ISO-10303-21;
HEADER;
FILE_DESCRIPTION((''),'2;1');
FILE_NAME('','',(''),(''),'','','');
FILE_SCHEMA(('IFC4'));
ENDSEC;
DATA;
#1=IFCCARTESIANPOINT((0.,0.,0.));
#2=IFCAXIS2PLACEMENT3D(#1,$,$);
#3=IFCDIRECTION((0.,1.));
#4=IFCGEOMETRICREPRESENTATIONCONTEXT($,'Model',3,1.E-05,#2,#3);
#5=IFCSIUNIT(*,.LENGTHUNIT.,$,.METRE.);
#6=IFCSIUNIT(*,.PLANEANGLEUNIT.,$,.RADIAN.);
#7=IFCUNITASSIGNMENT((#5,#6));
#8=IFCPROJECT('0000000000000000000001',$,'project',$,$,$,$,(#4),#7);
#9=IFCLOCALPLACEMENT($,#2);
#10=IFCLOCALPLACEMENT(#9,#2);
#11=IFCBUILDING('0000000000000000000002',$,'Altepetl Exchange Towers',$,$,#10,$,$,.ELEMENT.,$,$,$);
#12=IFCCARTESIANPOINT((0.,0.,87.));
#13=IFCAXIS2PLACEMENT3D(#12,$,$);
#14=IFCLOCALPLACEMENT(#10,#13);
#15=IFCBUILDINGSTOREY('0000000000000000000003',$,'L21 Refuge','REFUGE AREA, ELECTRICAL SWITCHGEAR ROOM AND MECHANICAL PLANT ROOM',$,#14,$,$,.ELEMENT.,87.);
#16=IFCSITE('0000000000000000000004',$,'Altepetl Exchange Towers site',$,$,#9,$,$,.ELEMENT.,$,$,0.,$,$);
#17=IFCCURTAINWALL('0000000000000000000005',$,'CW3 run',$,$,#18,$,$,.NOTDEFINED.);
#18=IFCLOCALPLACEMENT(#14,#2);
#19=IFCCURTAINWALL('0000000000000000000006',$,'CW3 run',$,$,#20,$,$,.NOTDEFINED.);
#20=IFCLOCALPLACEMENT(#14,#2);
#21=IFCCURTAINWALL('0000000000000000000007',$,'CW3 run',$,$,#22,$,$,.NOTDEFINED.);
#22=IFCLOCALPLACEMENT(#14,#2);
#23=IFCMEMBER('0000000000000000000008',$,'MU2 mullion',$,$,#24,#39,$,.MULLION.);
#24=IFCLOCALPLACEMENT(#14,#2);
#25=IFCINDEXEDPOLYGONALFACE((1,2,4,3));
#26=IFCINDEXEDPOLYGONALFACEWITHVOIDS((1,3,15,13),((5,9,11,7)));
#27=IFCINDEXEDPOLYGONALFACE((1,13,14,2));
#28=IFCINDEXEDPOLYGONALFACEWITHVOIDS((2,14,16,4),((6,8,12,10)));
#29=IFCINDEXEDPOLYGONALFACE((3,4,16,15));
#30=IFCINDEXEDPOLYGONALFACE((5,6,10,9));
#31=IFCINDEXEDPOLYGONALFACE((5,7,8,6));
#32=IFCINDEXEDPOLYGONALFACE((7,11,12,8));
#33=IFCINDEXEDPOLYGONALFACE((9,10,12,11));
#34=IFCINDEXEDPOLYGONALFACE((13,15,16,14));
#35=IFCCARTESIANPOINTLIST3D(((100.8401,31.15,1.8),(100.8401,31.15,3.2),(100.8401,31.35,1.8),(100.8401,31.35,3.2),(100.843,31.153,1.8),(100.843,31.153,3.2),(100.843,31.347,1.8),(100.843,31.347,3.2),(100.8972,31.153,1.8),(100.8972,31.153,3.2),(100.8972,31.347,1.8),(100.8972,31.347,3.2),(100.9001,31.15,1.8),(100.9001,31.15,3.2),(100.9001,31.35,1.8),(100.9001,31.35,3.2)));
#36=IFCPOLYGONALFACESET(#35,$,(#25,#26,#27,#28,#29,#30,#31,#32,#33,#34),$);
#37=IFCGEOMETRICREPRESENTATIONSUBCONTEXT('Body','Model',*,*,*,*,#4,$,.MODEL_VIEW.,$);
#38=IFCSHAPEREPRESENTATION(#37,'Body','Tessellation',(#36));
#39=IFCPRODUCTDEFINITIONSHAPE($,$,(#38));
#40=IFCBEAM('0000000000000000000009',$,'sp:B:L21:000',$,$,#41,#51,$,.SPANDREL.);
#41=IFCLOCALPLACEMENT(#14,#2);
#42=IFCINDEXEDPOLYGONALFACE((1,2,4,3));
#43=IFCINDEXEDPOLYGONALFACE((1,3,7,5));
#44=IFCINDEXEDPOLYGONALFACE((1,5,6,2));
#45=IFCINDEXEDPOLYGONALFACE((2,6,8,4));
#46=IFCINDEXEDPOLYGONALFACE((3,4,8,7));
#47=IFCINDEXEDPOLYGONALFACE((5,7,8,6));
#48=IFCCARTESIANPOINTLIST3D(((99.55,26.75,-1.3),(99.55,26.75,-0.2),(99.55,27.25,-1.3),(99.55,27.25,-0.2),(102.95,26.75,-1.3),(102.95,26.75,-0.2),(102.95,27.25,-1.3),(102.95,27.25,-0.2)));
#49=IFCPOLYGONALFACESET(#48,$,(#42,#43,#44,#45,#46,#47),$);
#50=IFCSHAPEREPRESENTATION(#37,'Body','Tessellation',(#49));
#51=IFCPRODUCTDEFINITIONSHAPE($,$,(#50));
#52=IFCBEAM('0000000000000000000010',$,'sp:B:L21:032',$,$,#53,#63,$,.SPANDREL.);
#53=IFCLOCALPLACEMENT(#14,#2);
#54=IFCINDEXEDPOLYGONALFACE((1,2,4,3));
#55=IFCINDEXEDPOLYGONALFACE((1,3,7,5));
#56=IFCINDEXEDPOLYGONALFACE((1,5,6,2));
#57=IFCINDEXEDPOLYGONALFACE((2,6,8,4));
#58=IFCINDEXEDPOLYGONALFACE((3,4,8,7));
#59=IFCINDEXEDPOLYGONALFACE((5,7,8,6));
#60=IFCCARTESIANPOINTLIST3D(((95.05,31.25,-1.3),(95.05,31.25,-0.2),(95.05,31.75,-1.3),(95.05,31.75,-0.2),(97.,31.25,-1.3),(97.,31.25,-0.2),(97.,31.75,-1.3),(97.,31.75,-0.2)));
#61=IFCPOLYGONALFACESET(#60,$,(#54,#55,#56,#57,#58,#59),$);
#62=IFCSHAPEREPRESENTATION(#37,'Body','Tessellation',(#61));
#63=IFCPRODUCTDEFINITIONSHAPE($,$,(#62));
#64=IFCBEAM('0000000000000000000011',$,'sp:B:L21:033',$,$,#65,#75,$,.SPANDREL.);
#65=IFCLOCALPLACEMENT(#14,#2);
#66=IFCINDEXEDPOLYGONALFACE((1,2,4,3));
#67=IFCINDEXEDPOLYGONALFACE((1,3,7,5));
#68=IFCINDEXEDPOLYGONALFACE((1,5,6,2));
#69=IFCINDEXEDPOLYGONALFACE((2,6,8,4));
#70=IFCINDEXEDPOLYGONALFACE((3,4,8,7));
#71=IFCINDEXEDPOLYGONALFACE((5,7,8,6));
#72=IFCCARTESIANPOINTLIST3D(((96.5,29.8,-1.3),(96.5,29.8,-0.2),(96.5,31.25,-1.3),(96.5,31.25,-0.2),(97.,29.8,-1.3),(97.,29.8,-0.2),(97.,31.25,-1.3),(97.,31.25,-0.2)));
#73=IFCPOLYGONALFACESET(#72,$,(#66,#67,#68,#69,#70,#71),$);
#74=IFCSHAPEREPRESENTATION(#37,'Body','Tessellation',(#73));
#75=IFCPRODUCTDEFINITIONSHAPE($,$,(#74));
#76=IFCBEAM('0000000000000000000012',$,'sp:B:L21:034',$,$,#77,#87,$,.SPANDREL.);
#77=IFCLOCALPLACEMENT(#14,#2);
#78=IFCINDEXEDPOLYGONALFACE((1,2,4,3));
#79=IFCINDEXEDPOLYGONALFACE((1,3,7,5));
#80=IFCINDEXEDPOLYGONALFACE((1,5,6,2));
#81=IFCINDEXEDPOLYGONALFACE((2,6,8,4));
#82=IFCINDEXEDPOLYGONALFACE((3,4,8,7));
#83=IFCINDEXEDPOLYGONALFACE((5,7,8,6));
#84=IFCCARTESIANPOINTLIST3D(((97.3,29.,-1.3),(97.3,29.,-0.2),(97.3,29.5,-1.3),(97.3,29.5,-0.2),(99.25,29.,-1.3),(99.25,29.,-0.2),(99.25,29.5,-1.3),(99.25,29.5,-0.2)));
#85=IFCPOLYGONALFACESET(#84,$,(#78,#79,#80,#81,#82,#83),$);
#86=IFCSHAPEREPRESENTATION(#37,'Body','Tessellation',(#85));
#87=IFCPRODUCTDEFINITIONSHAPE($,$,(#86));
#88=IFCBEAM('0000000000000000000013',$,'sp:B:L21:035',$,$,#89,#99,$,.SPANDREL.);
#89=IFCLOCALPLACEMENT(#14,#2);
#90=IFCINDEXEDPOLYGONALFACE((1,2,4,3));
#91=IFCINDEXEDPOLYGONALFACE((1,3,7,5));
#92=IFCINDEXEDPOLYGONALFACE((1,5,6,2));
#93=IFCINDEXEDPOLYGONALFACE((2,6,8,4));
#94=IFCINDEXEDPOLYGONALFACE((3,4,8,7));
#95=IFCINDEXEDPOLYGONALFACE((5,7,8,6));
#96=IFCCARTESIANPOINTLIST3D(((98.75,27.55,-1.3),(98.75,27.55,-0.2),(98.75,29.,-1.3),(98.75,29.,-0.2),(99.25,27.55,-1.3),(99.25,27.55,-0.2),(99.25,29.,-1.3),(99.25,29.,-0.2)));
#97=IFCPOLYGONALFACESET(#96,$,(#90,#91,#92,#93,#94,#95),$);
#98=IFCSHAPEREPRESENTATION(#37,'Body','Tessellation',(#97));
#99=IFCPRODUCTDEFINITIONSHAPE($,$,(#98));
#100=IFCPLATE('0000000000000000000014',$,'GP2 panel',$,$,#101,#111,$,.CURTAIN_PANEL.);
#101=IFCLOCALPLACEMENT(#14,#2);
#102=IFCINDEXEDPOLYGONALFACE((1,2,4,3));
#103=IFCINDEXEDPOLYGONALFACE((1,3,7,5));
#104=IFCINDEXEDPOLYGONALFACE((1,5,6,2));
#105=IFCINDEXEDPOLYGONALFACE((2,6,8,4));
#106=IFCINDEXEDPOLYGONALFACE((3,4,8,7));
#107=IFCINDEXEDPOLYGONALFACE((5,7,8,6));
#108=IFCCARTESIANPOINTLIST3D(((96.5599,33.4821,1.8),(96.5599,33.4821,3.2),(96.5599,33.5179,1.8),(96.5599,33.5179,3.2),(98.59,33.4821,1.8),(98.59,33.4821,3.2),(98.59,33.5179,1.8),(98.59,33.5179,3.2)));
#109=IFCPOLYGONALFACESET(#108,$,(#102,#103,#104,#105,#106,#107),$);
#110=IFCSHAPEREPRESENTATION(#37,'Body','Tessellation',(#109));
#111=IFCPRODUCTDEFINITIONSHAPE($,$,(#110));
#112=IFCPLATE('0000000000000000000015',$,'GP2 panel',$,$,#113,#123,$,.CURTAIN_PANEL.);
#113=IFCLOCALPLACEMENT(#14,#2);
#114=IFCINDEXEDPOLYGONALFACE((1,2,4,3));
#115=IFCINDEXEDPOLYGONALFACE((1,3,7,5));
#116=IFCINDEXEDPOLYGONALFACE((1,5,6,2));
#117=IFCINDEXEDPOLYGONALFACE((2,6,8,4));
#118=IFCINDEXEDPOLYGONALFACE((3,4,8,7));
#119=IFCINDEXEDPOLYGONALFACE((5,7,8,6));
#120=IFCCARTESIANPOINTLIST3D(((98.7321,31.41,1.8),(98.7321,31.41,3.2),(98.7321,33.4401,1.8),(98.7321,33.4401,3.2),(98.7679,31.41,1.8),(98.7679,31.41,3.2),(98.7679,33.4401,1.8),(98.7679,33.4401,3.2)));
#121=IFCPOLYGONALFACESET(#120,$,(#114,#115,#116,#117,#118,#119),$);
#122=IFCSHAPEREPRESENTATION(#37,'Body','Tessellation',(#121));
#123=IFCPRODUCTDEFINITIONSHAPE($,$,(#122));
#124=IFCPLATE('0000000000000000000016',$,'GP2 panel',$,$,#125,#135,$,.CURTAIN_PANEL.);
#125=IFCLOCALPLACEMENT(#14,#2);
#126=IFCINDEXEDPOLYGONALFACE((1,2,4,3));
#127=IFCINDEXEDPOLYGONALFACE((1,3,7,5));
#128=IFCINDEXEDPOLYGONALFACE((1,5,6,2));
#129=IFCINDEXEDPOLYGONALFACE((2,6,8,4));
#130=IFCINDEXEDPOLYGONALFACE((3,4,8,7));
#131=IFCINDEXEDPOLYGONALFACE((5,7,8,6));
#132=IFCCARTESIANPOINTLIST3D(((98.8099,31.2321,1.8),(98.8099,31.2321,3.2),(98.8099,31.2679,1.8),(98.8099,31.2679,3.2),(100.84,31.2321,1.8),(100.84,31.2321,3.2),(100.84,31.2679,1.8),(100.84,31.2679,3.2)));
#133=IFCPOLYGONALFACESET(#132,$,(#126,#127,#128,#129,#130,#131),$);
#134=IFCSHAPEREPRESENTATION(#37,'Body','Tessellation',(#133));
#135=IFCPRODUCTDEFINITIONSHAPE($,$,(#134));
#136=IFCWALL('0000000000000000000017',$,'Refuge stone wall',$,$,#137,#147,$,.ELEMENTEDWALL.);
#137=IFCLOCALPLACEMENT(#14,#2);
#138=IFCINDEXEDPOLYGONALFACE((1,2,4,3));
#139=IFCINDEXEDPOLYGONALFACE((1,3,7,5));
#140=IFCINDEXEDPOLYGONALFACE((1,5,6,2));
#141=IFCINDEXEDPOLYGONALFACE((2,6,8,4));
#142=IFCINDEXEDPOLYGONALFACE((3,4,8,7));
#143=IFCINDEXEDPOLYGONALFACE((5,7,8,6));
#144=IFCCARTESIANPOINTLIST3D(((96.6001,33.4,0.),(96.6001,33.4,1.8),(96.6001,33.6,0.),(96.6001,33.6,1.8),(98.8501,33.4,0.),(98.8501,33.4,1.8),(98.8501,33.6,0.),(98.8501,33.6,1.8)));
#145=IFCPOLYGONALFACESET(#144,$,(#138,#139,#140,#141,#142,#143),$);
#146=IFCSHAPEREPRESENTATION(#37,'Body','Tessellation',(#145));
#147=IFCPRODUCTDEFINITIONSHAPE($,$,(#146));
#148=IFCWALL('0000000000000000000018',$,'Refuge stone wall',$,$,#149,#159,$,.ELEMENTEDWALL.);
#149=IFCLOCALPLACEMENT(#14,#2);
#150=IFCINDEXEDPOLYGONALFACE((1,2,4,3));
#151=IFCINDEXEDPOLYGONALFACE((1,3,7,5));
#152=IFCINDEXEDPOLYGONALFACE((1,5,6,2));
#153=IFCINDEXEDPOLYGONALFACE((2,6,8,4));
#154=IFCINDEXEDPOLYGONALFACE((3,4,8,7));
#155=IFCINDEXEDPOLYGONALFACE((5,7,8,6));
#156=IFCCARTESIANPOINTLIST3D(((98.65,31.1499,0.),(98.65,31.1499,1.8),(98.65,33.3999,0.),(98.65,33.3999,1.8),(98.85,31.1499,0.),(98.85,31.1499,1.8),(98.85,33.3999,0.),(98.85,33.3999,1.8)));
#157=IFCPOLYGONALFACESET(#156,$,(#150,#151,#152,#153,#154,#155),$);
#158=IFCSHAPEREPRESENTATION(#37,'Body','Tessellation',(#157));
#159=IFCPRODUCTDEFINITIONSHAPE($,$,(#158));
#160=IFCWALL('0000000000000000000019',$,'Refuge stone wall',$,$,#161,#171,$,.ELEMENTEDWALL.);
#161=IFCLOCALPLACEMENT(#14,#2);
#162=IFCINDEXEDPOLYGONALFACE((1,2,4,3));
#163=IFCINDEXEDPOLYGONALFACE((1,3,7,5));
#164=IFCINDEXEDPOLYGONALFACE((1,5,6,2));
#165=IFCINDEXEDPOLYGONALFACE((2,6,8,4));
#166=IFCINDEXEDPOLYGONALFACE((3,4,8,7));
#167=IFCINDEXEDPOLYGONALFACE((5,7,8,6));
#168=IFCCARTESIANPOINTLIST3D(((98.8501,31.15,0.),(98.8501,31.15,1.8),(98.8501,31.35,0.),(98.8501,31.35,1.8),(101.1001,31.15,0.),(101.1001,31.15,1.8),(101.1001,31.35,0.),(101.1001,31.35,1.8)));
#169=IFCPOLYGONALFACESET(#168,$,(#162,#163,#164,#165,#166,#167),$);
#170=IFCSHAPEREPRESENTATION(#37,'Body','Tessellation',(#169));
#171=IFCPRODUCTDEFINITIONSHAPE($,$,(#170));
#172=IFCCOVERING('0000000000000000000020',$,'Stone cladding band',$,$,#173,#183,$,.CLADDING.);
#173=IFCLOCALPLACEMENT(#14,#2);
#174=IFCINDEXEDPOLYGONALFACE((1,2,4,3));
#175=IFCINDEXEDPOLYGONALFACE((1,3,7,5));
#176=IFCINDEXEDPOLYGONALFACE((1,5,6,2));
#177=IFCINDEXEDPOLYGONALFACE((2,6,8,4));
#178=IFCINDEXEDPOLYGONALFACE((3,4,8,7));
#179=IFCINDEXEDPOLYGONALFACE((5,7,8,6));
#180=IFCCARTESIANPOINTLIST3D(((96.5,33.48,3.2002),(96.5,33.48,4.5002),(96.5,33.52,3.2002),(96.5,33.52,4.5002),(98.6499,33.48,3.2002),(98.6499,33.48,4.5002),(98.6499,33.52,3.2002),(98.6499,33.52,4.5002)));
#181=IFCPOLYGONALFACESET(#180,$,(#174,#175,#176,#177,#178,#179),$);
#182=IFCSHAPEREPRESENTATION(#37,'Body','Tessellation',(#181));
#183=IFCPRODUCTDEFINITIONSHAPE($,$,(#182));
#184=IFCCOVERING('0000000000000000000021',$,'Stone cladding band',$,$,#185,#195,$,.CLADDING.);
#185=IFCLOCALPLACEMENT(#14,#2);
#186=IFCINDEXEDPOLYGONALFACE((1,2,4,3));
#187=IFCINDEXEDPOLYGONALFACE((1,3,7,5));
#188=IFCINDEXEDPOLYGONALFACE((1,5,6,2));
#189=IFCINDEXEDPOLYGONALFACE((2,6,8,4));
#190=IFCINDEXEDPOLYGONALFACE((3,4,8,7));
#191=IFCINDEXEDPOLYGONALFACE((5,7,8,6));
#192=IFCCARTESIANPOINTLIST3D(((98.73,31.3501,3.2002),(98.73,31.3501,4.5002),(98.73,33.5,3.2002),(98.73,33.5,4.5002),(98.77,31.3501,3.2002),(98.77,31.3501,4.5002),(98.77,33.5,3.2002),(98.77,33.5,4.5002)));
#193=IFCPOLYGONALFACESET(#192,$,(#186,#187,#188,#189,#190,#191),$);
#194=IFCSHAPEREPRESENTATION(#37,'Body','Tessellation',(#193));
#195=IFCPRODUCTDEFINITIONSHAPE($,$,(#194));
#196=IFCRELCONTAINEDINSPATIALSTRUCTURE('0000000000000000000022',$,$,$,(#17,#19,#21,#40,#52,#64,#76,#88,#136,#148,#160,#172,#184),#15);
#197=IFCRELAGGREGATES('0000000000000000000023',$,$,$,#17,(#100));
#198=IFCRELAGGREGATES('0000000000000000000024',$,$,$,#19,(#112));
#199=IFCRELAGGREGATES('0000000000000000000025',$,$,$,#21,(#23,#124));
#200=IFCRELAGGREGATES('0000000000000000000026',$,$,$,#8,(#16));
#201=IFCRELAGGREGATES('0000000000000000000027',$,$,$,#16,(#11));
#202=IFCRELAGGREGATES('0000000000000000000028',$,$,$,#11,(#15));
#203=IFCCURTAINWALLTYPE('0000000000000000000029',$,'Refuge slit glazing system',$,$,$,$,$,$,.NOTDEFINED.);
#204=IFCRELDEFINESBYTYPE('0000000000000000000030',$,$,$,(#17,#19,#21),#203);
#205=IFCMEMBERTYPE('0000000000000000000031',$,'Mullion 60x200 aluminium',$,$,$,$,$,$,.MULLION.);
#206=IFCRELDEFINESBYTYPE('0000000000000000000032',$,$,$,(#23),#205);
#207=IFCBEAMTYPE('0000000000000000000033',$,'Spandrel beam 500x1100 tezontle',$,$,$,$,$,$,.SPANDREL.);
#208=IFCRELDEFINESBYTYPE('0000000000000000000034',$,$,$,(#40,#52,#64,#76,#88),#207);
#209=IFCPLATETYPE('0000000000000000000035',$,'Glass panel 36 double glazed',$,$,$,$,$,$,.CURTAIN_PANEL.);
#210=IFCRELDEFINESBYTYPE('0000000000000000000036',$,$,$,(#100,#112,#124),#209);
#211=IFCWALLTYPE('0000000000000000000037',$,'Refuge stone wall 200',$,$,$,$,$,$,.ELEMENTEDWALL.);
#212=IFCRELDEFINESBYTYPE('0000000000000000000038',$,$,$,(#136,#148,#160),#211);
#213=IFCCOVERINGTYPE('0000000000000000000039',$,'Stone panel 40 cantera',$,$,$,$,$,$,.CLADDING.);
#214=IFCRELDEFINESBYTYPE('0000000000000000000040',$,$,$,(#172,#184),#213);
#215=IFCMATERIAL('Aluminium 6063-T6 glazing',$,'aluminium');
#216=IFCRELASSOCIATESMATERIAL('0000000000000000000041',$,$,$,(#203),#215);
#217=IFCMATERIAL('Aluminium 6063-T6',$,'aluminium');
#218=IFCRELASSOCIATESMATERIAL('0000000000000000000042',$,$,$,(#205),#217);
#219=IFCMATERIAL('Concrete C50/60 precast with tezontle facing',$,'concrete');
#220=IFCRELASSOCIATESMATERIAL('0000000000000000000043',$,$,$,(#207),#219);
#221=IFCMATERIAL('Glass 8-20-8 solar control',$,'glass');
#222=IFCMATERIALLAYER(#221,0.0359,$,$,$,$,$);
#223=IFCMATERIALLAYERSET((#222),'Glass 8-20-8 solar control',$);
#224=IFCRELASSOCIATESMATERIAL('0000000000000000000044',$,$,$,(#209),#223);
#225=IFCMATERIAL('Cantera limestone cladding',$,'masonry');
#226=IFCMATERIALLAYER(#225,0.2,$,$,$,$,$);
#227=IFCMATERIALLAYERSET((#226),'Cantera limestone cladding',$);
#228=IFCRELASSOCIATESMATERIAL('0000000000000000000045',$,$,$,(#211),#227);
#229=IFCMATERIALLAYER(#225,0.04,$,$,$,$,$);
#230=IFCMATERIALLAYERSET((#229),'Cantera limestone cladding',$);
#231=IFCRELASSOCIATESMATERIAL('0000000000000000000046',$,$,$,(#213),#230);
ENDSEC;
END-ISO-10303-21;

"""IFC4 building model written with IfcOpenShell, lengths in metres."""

from ifc_helpers import new_model, si_unit, direction, frame, frame_2d, origin, origin_2d, place, context, subcontext, project, spatial, rectangle, hollow_rectangle, extrude, material, layer, layer_set, material_profile, profile_set, type_object, element, aggregate, save


model = new_model("IFC4")

# Units and contexts
model_context = context("Model", 3, precision=1e-05, world=origin(), true_north=direction((0.0, 1.0)))
body_context = subcontext(model_context, "Body", "Model", "MODEL_VIEW")
ifc_project = project(units=[si_unit("LENGTHUNIT", "METRE"), si_unit("PLANEANGLEUNIT", "RADIAN")], contexts=[model_context])

# Site, building, storey
site_placement = place(None, origin())
site = spatial("IfcSite", under=ifc_project, at=site_placement, Name="Altepetl Exchange Towers site", CompositionType="ELEMENT", RefElevation=0.0)
building_placement = place(site_placement, origin())
building = spatial("IfcBuilding", under=site, at=building_placement, Name="Altepetl Exchange Towers", CompositionType="ELEMENT")
storey_placement = place(building_placement, frame((0.0, 0.0, 87.0)))
storey = spatial("IfcBuildingStorey", under=building, at=storey_placement, Name="L21 Refuge", Description="REFUGE AREA, ELECTRICAL SWITCHGEAR ROOM AND MECHANICAL PLANT ROOM", CompositionType="ELEMENT", Elevation=87.0)

# Shared definitions
ifc_material_1 = material(Name="Aluminium 6063-T6 glazing", Category="aluminium")
curtain_wall_type = type_object("IfcCurtainWallType", Name="Refuge slit glazing system", PredefinedType="NOTDEFINED", material=ifc_material_1)
ifc_material_2 = material(Name="Aluminium 6063-T6", Category="aluminium")
ifc_material_profile_1 = material_profile(ifc_material_2, hollow_rectangle(XDim=0.0601, YDim=0.2, WallThickness=0.0029, at=origin_2d()), Name="Mullion 60x200 aluminium")
ifc_profile_set_1 = profile_set([ifc_material_profile_1], Name="Aluminium 6063-T6")
member_type_1 = type_object("IfcMemberType", Name="Mullion 60x200 aluminium", PredefinedType="MULLION", material=ifc_profile_set_1)

# Curtain walls, member
curtain_wall_1_placement = place(storey_placement, origin())
curtain_wall_1 = element("IfcCurtainWall", 1, at=curtain_wall_1_placement, inside=storey, type_object=curtain_wall_type, Name="CW3 run", PredefinedType="NOTDEFINED")
curtain_wall_2_placement = place(storey_placement, origin())
curtain_wall_2 = element("IfcCurtainWall", 2, at=curtain_wall_2_placement, inside=storey, type_object=curtain_wall_type, Name="CW3 run", PredefinedType="NOTDEFINED")
curtain_wall_3_placement = place(storey_placement, origin())
curtain_wall_3 = element("IfcCurtainWall", 3, at=curtain_wall_3_placement, inside=storey, type_object=curtain_wall_type, Name="CW3 run", PredefinedType="NOTDEFINED")
member_1_placement = place(storey_placement, frame((100.8701, 31.25, 1.8)))
member_1 = element("IfcMember", 4, at=member_1_placement, type_object=member_type_1, Name="MU2 mullion", PredefinedType="MULLION", context=body_context, shape_type="SweptSolid", body=[
    extrude(hollow_rectangle(XDim=0.0601, YDim=0.2, WallThickness=0.0029, at=origin_2d()), origin(), (0.0, 0.0, 1.0), 1.3999),
])

# Beams
ifc_material_3 = material(Name="Concrete C50/60 precast with tezontle facing", Category="concrete")
ifc_material_profile_2 = material_profile(ifc_material_3, rectangle(XDim=0.5, YDim=1.1001, at=origin_2d()), Name="500 x 1100")
ifc_profile_set_2 = profile_set([ifc_material_profile_2], Name="Concrete C50/60 precast with tezontle facing")
beam_type_1 = type_object("IfcBeamType", Name="Spandrel beam 500x1100 tezontle", PredefinedType="SPANDREL", material=ifc_profile_set_2)
beam_1_placement = place(storey_placement, frame((99.55, 27.0, -0.75), z_axis=(1.0, 0.0, 0.0), x_axis=(0.0, 1.0, 0.0)))
element("IfcBeam", 5, at=beam_1_placement, inside=storey, type_object=beam_type_1, Name="sp:B:L21:000", PredefinedType="SPANDREL", context=body_context, shape_type="SweptSolid", body=[
    extrude(rectangle(XDim=0.5, YDim=1.1001, at=origin_2d()), origin(), (0.0, 0.0, 1.0), 3.3999),
])
beam_2_placement = place(storey_placement, frame((95.05, 31.5, -0.75), z_axis=(1.0, 0.0, 0.0), x_axis=(0.0, 1.0, 0.0)))
element("IfcBeam", 6, at=beam_2_placement, inside=storey, type_object=beam_type_1, Name="sp:B:L21:032", PredefinedType="SPANDREL", context=body_context, shape_type="SweptSolid", body=[
    extrude(rectangle(XDim=0.5, YDim=1.1001, at=origin_2d()), origin(), (0.0, 0.0, 1.0), 1.95),
])
beam_3_placement = place(storey_placement, frame((96.75, 31.25, -0.75), z_axis=(0.0, -1.0, 0.0), x_axis=(1.0, 0.0, 0.0)))
element("IfcBeam", 7, at=beam_3_placement, inside=storey, type_object=beam_type_1, Name="sp:B:L21:033", PredefinedType="SPANDREL", context=body_context, shape_type="SweptSolid", body=[
    extrude(rectangle(XDim=0.5, YDim=1.1001, at=origin_2d()), origin(), (0.0, 0.0, 1.0), 1.45),
])
beam_4_placement = place(storey_placement, frame((97.3, 29.25, -0.75), z_axis=(1.0, 0.0, 0.0), x_axis=(0.0, 1.0, 0.0)))
element("IfcBeam", 8, at=beam_4_placement, inside=storey, type_object=beam_type_1, Name="sp:B:L21:034", PredefinedType="SPANDREL", context=body_context, shape_type="SweptSolid", body=[
    extrude(rectangle(XDim=0.5, YDim=1.1001, at=origin_2d()), origin(), (0.0, 0.0, 1.0), 1.95),
])
beam_5_placement = place(storey_placement, frame((99.0, 29.0, -0.75), z_axis=(0.0, -1.0, 0.0), x_axis=(1.0, 0.0, 0.0)))
element("IfcBeam", 9, at=beam_5_placement, inside=storey, type_object=beam_type_1, Name="sp:B:L21:035", PredefinedType="SPANDREL", context=body_context, shape_type="SweptSolid", body=[
    extrude(rectangle(XDim=0.5, YDim=1.1001, at=origin_2d()), origin(), (0.0, 0.0, 1.0), 1.45),
])

# Plates
ifc_material_4 = material(Name="Glass 8-20-8 solar control", Category="glass")
ifc_layer_1 = layer(ifc_material_4, 0.0359)
ifc_layer_set_1 = layer_set([ifc_layer_1], Name="Glass 8-20-8 solar control")
plate_type = type_object("IfcPlateType", Name="Glass panel 36 double glazed", PredefinedType="CURTAIN_PANEL", material=ifc_layer_set_1)
plate_1_placement = place(storey_placement, frame((97.575, 33.5, 1.8)))
plate_1 = element("IfcPlate", 10, at=plate_1_placement, type_object=plate_type, Name="GP2 panel", PredefinedType="CURTAIN_PANEL", context=body_context, shape_type="SweptSolid", body=[
    extrude(rectangle(XDim=2.03, YDim=0.0359, at=origin_2d()), origin(), (0.0, 0.0, 1.0), 1.3999),
])
aggregate(curtain_wall_1, [plate_1])
plate_2_placement = place(storey_placement, frame((98.75, 32.425, 1.8), z_axis=(0.0, 0.0, 1.0), x_axis=(0.0, -1.0, 0.0)))
plate_2 = element("IfcPlate", 11, at=plate_2_placement, type_object=plate_type, Name="GP2 panel", PredefinedType="CURTAIN_PANEL", context=body_context, shape_type="SweptSolid", body=[
    extrude(rectangle(XDim=2.03, YDim=0.0359, at=origin_2d()), origin(), (0.0, 0.0, 1.0), 1.3999),
])
aggregate(curtain_wall_2, [plate_2])
plate_3_placement = place(storey_placement, frame((99.825, 31.25, 1.8)))
plate_3 = element("IfcPlate", 12, at=plate_3_placement, type_object=plate_type, Name="GP2 panel", PredefinedType="CURTAIN_PANEL", context=body_context, shape_type="SweptSolid", body=[
    extrude(rectangle(XDim=2.03, YDim=0.0359, at=origin_2d()), origin(), (0.0, 0.0, 1.0), 1.3999),
])
aggregate(curtain_wall_3, [member_1, plate_3])

# Walls
ifc_material_5 = material(Name="Cantera limestone cladding", Category="masonry")
ifc_layer_2 = layer(ifc_material_5, 0.2)
ifc_layer_set_2 = layer_set([ifc_layer_2], Name="Cantera limestone cladding")
wall_type = type_object("IfcWallType", Name="Refuge stone wall 200", PredefinedType="ELEMENTEDWALL", material=ifc_layer_set_2)
wall_1_placement = place(storey_placement, frame((96.6001, 33.5, 0.0)))
element("IfcWall", 13, at=wall_1_placement, inside=storey, type_object=wall_type, Name="Refuge stone wall", PredefinedType="ELEMENTEDWALL", context=body_context, shape_type="SweptSolid", body=[
    extrude(rectangle(XDim=2.25, YDim=0.2, at=frame_2d((1.125, 0.0))), origin(), (0.0, 0.0, 1.0), 1.8),
])
wall_2_placement = place(storey_placement, frame((98.75, 33.3999, 0.0), z_axis=(0.0, 0.0, 1.0), x_axis=(0.0, -1.0, 0.0)))
element("IfcWall", 14, at=wall_2_placement, inside=storey, type_object=wall_type, Name="Refuge stone wall", PredefinedType="ELEMENTEDWALL", context=body_context, shape_type="SweptSolid", body=[
    extrude(rectangle(XDim=2.25, YDim=0.2, at=frame_2d((1.125, 0.0))), origin(), (0.0, 0.0, 1.0), 1.8),
])
wall_3_placement = place(storey_placement, frame((98.8501, 31.25, 0.0)))
element("IfcWall", 15, at=wall_3_placement, inside=storey, type_object=wall_type, Name="Refuge stone wall", PredefinedType="ELEMENTEDWALL", context=body_context, shape_type="SweptSolid", body=[
    extrude(rectangle(XDim=2.25, YDim=0.2, at=frame_2d((1.125, 0.0))), origin(), (0.0, 0.0, 1.0), 1.8),
])

# Coverings
ifc_layer_3 = layer(ifc_material_5, 0.04)
ifc_layer_set_3 = layer_set([ifc_layer_3], Name="Cantera limestone cladding")
covering_type = type_object("IfcCoveringType", Name="Stone panel 40 cantera", PredefinedType="CLADDING", material=ifc_layer_set_3)
covering_1_placement = place(storey_placement, frame((97.575, 33.5, 3.2002)))
element("IfcCovering", 16, at=covering_1_placement, inside=storey, type_object=covering_type, Name="Stone cladding band", PredefinedType="CLADDING", context=body_context, shape_type="SweptSolid", body=[
    extrude(rectangle(XDim=2.1499, YDim=0.04, at=origin_2d()), origin(), (0.0, 0.0, 1.0), 1.3),
])
covering_2_placement = place(storey_placement, frame((98.75, 32.425, 3.2002), z_axis=(0.0, 0.0, 1.0), x_axis=(0.0, -1.0, 0.0)))
element("IfcCovering", 17, at=covering_2_placement, inside=storey, type_object=covering_type, Name="Stone cladding band", PredefinedType="CLADDING", context=body_context, shape_type="SweptSolid", body=[
    extrude(rectangle(XDim=2.1499, YDim=0.04, at=origin_2d()), origin(), (0.0, 0.0, 1.0), 1.3),
])

save(model, "model.ifc")
